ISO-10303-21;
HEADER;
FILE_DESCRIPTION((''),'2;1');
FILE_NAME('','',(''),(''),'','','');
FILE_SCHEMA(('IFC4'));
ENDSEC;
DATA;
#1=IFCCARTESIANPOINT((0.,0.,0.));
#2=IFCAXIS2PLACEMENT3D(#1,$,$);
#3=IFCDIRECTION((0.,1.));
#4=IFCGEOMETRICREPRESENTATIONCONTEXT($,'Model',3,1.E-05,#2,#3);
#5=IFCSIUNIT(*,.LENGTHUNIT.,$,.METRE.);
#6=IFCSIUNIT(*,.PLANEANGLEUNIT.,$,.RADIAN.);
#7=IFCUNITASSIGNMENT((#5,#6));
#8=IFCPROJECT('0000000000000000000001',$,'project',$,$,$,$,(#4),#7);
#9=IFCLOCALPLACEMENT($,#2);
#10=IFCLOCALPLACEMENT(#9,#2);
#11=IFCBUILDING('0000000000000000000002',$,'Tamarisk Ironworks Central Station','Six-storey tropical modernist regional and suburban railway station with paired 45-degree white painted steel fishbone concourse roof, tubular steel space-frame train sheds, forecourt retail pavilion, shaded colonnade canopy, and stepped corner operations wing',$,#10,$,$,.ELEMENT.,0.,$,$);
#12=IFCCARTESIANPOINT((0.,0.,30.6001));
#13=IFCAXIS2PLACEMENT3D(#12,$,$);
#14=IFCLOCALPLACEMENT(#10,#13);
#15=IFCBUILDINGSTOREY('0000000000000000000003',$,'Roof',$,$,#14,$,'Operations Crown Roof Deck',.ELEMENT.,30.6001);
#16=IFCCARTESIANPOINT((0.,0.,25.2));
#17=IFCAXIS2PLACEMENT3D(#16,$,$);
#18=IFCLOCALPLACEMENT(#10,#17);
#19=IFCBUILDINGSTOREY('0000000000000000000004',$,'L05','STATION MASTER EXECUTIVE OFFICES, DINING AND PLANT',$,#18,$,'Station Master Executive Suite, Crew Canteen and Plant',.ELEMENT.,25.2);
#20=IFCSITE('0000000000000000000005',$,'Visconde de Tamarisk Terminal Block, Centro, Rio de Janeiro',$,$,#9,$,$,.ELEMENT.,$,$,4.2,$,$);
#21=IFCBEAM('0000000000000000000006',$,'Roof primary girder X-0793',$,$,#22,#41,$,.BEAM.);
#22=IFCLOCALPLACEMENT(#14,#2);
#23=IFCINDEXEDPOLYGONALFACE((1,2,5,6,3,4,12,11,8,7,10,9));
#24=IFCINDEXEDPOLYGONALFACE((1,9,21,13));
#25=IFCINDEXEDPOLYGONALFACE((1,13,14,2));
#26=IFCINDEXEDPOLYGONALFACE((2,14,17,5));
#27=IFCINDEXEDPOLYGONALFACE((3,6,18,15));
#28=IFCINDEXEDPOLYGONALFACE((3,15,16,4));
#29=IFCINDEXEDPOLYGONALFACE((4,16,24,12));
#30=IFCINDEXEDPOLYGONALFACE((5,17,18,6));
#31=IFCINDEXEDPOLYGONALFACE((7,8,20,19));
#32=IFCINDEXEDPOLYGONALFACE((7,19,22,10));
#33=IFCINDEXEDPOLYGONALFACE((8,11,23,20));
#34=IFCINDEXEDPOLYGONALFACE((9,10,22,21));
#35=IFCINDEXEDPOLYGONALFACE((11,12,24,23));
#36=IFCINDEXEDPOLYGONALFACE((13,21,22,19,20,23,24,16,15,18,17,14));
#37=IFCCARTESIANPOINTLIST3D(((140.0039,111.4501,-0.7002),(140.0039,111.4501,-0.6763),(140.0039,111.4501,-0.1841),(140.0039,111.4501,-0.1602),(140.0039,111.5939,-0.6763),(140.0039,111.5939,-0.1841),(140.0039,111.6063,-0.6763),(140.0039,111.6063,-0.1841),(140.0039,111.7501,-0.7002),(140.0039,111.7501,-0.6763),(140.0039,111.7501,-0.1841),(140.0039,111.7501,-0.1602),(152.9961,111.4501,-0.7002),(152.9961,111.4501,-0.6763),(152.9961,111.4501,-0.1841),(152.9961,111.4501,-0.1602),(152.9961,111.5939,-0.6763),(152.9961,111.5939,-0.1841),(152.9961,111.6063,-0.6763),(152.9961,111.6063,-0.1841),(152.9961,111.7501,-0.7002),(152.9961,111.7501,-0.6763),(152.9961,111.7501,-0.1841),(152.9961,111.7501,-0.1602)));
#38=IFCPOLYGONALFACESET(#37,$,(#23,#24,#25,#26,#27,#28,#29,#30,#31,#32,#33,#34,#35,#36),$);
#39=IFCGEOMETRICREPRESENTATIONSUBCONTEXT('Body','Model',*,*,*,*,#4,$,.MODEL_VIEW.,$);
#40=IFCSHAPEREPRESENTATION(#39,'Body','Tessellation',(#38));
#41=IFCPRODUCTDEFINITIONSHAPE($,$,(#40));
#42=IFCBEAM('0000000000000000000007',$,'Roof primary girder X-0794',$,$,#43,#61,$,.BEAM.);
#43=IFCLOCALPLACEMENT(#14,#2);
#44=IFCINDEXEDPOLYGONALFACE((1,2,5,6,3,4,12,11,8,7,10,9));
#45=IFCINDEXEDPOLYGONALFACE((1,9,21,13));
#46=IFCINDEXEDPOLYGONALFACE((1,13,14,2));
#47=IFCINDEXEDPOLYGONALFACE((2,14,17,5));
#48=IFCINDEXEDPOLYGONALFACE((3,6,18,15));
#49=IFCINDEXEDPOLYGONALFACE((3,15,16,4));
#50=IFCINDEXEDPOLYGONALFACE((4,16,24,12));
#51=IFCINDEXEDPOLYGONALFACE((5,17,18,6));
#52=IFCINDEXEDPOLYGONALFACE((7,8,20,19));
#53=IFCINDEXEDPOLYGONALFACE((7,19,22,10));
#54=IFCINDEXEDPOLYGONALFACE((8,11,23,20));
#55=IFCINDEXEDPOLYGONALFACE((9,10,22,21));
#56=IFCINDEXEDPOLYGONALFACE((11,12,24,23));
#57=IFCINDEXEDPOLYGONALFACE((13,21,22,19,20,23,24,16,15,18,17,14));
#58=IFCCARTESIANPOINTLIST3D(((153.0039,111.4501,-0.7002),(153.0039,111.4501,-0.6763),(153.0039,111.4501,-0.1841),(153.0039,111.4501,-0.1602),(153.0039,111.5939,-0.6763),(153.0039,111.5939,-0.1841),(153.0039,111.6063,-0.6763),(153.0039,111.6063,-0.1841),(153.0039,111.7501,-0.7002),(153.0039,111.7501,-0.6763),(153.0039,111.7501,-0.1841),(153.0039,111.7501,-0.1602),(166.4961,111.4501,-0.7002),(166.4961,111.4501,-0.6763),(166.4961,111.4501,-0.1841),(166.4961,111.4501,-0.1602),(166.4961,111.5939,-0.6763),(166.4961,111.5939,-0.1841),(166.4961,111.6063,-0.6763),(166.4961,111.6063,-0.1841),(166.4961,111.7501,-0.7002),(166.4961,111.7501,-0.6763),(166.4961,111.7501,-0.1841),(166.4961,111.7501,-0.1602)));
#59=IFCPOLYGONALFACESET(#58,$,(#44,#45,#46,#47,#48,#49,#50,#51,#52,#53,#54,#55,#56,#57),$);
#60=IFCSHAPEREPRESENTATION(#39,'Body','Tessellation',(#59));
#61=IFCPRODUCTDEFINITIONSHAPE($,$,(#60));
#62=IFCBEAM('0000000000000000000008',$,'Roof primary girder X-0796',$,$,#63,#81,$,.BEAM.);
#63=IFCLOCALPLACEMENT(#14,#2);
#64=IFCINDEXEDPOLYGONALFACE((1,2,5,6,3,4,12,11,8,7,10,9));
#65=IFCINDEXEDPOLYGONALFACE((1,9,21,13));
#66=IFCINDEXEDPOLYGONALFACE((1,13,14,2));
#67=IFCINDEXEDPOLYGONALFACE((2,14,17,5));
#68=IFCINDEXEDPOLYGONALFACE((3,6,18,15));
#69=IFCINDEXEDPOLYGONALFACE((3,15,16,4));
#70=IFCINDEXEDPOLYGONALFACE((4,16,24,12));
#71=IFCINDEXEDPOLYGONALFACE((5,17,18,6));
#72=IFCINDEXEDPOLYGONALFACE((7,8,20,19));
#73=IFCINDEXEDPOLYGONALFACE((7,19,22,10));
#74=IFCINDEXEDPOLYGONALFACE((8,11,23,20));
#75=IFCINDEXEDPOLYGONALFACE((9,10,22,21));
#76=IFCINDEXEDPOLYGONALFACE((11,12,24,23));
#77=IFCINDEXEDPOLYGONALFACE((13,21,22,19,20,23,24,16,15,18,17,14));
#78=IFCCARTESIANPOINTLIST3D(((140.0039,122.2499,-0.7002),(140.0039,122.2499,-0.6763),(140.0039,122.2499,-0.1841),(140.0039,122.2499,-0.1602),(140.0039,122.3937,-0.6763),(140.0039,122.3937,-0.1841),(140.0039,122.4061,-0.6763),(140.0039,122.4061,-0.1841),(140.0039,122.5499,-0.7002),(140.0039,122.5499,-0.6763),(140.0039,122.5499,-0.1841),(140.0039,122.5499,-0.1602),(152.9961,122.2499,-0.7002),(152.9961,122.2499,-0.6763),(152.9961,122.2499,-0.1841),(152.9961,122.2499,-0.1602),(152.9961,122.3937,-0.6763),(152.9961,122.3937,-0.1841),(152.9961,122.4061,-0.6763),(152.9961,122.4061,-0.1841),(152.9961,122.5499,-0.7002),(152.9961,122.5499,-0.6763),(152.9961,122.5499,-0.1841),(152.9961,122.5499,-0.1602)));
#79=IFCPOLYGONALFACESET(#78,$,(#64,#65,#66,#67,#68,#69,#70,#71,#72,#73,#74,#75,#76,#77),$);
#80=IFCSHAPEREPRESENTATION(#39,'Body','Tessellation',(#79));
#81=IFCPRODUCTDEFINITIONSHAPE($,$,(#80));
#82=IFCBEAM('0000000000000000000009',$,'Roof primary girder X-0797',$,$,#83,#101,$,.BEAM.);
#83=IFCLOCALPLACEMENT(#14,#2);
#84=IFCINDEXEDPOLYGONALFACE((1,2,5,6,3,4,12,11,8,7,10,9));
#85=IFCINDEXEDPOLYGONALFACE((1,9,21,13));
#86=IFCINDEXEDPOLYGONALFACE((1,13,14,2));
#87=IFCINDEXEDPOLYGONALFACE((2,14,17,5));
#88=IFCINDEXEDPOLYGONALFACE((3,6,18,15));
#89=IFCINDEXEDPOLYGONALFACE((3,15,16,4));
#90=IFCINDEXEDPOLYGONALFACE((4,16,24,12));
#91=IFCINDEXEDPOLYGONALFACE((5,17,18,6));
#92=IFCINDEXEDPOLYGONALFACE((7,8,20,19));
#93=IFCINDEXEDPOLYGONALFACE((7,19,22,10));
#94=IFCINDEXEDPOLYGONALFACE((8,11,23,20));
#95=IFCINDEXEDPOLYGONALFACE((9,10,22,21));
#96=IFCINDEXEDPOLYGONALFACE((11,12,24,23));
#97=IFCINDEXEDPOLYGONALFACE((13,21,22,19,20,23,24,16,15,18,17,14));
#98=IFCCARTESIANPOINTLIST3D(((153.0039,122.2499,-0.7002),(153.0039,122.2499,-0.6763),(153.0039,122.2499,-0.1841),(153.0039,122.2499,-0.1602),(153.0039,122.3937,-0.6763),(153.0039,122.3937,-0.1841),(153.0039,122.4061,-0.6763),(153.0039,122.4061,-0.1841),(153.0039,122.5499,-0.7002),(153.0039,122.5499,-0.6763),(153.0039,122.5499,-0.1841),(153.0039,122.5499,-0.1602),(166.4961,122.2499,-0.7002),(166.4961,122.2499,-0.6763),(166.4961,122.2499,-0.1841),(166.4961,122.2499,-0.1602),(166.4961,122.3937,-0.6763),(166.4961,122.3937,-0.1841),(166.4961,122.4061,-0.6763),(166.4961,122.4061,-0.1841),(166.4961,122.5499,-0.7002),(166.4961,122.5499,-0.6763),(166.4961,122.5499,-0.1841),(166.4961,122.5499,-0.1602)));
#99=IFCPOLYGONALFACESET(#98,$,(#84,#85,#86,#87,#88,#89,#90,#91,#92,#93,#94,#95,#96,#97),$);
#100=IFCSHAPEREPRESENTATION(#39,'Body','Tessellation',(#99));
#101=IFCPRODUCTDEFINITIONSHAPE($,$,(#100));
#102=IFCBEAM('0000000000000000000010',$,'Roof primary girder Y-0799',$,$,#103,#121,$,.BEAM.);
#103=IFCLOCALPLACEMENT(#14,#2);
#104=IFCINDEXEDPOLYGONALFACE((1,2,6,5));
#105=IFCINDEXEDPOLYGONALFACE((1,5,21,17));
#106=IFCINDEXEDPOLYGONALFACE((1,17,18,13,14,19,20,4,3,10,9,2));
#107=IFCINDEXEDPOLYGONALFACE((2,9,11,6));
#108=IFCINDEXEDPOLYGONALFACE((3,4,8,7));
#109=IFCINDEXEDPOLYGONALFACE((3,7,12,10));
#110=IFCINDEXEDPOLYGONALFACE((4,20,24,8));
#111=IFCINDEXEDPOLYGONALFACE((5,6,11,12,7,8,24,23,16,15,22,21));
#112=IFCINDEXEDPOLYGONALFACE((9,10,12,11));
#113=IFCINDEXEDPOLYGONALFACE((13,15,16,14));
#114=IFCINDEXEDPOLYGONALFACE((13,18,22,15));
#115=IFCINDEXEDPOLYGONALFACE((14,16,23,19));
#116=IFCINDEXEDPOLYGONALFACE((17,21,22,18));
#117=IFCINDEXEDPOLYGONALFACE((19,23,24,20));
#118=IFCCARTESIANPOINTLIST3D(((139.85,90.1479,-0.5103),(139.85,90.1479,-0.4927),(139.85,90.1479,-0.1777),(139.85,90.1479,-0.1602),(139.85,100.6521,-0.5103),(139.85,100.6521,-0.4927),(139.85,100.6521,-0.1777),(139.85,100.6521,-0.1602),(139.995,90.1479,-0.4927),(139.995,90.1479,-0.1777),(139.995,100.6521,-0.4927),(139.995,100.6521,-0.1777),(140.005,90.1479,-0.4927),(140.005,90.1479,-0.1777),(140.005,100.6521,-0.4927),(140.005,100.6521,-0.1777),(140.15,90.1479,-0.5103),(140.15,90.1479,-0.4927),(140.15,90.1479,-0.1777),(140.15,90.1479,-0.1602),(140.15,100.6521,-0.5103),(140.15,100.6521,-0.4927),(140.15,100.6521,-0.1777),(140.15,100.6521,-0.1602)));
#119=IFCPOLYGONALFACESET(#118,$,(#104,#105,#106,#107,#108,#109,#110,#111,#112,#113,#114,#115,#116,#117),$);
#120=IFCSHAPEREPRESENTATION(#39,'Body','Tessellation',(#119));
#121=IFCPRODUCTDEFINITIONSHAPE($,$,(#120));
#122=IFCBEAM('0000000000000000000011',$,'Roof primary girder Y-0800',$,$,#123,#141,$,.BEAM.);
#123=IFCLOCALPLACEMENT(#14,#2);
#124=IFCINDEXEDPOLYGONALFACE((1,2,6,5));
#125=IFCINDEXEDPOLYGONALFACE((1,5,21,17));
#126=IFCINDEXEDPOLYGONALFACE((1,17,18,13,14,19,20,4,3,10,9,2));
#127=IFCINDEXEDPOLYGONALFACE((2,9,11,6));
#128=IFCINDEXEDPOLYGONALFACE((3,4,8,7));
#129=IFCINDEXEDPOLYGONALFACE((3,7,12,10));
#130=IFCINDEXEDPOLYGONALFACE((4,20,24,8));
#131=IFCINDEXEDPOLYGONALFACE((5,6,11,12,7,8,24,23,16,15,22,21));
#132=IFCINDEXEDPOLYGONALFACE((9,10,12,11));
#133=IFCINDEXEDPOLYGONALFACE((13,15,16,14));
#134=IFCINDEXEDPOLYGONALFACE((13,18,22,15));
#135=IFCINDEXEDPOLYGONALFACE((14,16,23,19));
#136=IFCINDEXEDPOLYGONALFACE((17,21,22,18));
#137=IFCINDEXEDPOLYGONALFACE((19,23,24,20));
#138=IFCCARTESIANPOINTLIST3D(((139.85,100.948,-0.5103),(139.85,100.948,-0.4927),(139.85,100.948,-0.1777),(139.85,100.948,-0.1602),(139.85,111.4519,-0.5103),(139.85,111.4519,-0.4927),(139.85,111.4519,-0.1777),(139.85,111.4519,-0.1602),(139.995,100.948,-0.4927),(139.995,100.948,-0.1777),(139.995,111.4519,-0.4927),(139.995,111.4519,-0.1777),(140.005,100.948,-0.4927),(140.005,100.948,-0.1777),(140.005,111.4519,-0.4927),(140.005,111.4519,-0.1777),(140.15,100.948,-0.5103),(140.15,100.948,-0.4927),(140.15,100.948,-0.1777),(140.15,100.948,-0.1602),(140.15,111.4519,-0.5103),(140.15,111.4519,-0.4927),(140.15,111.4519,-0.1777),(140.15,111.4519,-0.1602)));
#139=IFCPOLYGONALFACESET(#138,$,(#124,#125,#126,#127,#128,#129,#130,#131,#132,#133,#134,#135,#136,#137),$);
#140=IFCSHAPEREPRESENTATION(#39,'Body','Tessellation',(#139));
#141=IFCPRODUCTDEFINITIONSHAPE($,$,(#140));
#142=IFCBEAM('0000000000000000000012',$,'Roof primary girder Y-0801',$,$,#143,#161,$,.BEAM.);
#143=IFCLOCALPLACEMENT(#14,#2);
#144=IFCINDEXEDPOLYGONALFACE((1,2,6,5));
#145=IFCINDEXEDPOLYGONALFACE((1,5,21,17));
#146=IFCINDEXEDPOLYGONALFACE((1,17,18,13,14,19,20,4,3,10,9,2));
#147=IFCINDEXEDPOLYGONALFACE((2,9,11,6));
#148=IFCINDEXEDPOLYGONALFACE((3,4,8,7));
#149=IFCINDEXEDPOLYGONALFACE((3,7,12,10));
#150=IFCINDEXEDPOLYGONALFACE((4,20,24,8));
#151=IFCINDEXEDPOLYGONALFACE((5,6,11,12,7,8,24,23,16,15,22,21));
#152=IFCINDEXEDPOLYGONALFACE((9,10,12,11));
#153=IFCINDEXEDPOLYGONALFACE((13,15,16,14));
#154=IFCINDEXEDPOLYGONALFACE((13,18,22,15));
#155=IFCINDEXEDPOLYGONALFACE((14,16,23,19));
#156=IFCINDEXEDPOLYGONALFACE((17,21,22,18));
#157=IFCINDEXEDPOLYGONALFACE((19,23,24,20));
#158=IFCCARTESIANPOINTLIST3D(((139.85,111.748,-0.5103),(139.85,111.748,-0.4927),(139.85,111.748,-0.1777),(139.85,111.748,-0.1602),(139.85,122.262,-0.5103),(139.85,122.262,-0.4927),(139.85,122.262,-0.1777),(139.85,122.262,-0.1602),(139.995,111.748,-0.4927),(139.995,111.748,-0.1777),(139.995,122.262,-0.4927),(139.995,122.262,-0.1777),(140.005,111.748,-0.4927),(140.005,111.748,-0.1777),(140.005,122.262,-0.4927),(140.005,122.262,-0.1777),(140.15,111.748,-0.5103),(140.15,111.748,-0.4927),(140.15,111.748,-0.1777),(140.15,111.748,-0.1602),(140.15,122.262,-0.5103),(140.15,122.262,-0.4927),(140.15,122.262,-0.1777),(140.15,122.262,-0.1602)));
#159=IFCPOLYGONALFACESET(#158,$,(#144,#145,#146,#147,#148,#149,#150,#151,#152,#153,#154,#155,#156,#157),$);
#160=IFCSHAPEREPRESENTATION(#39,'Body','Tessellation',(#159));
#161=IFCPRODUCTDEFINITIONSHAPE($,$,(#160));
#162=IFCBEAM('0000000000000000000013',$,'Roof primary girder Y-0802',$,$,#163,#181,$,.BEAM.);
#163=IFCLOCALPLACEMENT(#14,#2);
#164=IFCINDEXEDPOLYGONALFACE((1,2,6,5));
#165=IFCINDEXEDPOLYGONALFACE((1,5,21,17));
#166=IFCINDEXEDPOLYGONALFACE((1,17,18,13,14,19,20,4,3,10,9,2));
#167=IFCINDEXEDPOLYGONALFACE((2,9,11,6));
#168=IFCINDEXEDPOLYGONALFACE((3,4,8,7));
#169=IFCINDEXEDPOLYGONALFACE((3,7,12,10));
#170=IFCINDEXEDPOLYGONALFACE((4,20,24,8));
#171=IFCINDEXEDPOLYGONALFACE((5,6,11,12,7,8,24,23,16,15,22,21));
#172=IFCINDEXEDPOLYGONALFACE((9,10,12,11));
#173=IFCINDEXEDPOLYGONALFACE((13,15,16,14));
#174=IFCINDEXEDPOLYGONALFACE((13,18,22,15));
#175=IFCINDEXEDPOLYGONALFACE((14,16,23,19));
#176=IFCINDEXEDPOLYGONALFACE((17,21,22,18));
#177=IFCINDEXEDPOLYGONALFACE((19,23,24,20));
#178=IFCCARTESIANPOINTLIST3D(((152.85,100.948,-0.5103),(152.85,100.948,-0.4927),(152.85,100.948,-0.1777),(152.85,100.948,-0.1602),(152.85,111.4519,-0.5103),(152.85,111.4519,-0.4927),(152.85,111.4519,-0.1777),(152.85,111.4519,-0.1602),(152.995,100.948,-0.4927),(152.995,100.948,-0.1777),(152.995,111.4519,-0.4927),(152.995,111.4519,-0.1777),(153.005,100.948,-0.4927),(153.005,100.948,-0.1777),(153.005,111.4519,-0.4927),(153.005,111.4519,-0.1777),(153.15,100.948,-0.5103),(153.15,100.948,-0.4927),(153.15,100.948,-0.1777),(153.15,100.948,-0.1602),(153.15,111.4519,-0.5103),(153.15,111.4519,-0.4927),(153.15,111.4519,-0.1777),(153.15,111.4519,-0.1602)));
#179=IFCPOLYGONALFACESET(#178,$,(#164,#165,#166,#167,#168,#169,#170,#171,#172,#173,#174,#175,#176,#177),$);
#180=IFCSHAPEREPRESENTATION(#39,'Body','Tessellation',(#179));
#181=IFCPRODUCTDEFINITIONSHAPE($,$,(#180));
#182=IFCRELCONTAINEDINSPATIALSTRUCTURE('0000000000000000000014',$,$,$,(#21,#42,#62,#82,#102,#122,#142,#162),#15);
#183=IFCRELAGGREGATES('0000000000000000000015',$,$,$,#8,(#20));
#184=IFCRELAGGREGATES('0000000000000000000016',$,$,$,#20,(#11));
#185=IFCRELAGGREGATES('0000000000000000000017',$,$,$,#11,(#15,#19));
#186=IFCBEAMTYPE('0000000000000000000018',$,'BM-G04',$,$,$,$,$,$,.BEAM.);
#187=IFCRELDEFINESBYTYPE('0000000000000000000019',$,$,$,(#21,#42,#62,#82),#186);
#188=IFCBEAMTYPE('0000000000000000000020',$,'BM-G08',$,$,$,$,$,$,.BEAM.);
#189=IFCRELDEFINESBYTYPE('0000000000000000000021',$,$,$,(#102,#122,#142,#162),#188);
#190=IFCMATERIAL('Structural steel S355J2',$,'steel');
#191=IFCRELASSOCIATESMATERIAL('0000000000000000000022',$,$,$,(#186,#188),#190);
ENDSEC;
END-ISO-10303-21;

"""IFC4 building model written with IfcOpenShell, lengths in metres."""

from ifc_helpers import new_model, si_unit, direction, frame, origin, origin_2d, place, context, subcontext, project, spatial, i_section, extrude, material, material_profile, profile_set, type_object, element, save


model = new_model("IFC4")

# Units and contexts
model_context = context("Model", 3, precision=1e-05, world=origin(), true_north=direction((0.0, 1.0)))
body_context = subcontext(model_context, "Body", "Model", "MODEL_VIEW")
ifc_project = project(units=[si_unit("LENGTHUNIT", "METRE"), si_unit("PLANEANGLEUNIT", "RADIAN")], contexts=[model_context])

# Site, building, storey
site_placement = place(None, origin())
site = spatial("IfcSite", under=ifc_project, at=site_placement, Name="Visconde de Tamarisk Terminal Block, Centro, Rio de Janeiro", CompositionType="ELEMENT", RefElevation=4.2)
building_placement = place(site_placement, origin())
building = spatial("IfcBuilding", under=site, at=building_placement, Name="Tamarisk Ironworks Central Station", Description="Six-storey tropical modernist regional and suburban railway station with paired 45-degree white painted steel fishbone concourse roof, tubular steel space-frame train sheds, forecourt retail pavilion, shaded colonnade canopy, and stepped corner operations wing", CompositionType="ELEMENT", ElevationOfRefHeight=0.0)
storey_1_placement = place(building_placement, frame((0.0, 0.0, 30.6001)))
storey_1 = spatial("IfcBuildingStorey", under=building, at=storey_1_placement, Name="Roof", LongName="Operations Crown Roof Deck", CompositionType="ELEMENT", Elevation=30.6001)

# Beams
ifc_material_1 = material(Name="Structural steel S355J2", Category="steel")
ifc_material_profile_1 = material_profile(ifc_material_1, i_section(OverallWidth=0.3, OverallDepth=0.54, WebThickness=0.0125, FlangeThickness=0.0239, at=origin_2d()), Name="HEA 550")
ifc_profile_set_1 = profile_set([ifc_material_profile_1], Name="Structural steel S355J2")
beam_type_1 = type_object("IfcBeamType", Name="BM-G04", PredefinedType="BEAM", material=ifc_profile_set_1)
beam_1_placement = place(storey_1_placement, frame((140.0039, 111.6001, -0.4302), z_axis=(1.0, 0.0, 0.0), x_axis=(0.0, 1.0, 0.0)))
element("IfcBeam", 1, at=beam_1_placement, inside=storey_1, type_object=beam_type_1, Name="Roof primary girder X-0793", PredefinedType="BEAM", context=body_context, shape_type="SweptSolid", body=[
    extrude(i_section(OverallWidth=0.3, OverallDepth=0.54, WebThickness=0.0125, FlangeThickness=0.0239, at=origin_2d()), origin(), (0.0, 0.0, 1.0), 12.9922),
])
beam_2_placement = place(storey_1_placement, frame((153.0039, 111.6001, -0.4302), z_axis=(1.0, 0.0, 0.0), x_axis=(0.0, 1.0, 0.0)))
element("IfcBeam", 2, at=beam_2_placement, inside=storey_1, type_object=beam_type_1, Name="Roof primary girder X-0794", PredefinedType="BEAM", context=body_context, shape_type="SweptSolid", body=[
    extrude(i_section(OverallWidth=0.3, OverallDepth=0.54, WebThickness=0.0125, FlangeThickness=0.0239, at=origin_2d()), origin(), (0.0, 0.0, 1.0), 13.4922),
])
beam_3_placement = place(storey_1_placement, frame((140.0039, 122.3999, -0.4302), z_axis=(1.0, 0.0, 0.0), x_axis=(0.0, 1.0, 0.0)))
element("IfcBeam", 3, at=beam_3_placement, inside=storey_1, type_object=beam_type_1, Name="Roof primary girder X-0796", PredefinedType="BEAM", context=body_context, shape_type="SweptSolid", body=[
    extrude(i_section(OverallWidth=0.3, OverallDepth=0.54, WebThickness=0.0125, FlangeThickness=0.0239, at=origin_2d()), origin(), (0.0, 0.0, 1.0), 12.9922),
])
beam_4_placement = place(storey_1_placement, frame((153.0039, 122.3999, -0.4302), z_axis=(1.0, 0.0, 0.0), x_axis=(0.0, 1.0, 0.0)))
element("IfcBeam", 4, at=beam_4_placement, inside=storey_1, type_object=beam_type_1, Name="Roof primary girder X-0797", PredefinedType="BEAM", context=body_context, shape_type="SweptSolid", body=[
    extrude(i_section(OverallWidth=0.3, OverallDepth=0.54, WebThickness=0.0125, FlangeThickness=0.0239, at=origin_2d()), origin(), (0.0, 0.0, 1.0), 13.4922),
])
ifc_material_profile_2 = material_profile(ifc_material_1, i_section(OverallWidth=0.3, OverallDepth=0.3501, WebThickness=0.01, FlangeThickness=0.0176, at=origin_2d()), Name="HEA 360")
ifc_profile_set_2 = profile_set([ifc_material_profile_2], Name="Structural steel S355J2")
beam_type_2 = type_object("IfcBeamType", Name="BM-G08", PredefinedType="BEAM", material=ifc_profile_set_2)
beam_5_placement = place(storey_1_placement, frame((140.0, 90.1479, -0.3352), z_axis=(0.0, 1.0, 0.0), x_axis=(-1.0, 0.0, 0.0)))
element("IfcBeam", 5, at=beam_5_placement, inside=storey_1, type_object=beam_type_2, Name="Roof primary girder Y-0799", PredefinedType="BEAM", context=body_context, shape_type="SweptSolid", body=[
    extrude(i_section(OverallWidth=0.3, OverallDepth=0.3501, WebThickness=0.01, FlangeThickness=0.0176, at=origin_2d()), origin(), (0.0, 0.0, 1.0), 10.5042),
])
beam_6_placement = place(storey_1_placement, frame((140.0, 100.948, -0.3352), z_axis=(0.0, 1.0, 0.0), x_axis=(-1.0, 0.0, 0.0)))
element("IfcBeam", 6, at=beam_6_placement, inside=storey_1, type_object=beam_type_2, Name="Roof primary girder Y-0800", PredefinedType="BEAM", context=body_context, shape_type="SweptSolid", body=[
    extrude(i_section(OverallWidth=0.3, OverallDepth=0.3501, WebThickness=0.01, FlangeThickness=0.0176, at=origin_2d()), origin(), (0.0, 0.0, 1.0), 10.5039),
])
beam_7_placement = place(storey_1_placement, frame((140.0, 111.748, -0.3352), z_axis=(0.0, 1.0, 0.0), x_axis=(-1.0, 0.0, 0.0)))
element("IfcBeam", 7, at=beam_7_placement, inside=storey_1, type_object=beam_type_2, Name="Roof primary girder Y-0801", PredefinedType="BEAM", context=body_context, shape_type="SweptSolid", body=[
    extrude(i_section(OverallWidth=0.3, OverallDepth=0.3501, WebThickness=0.01, FlangeThickness=0.0176, at=origin_2d()), origin(), (0.0, 0.0, 1.0), 10.5139),
])
beam_8_placement = place(storey_1_placement, frame((153.0, 100.948, -0.3352), z_axis=(0.0, 1.0, 0.0), x_axis=(-1.0, 0.0, 0.0)))
element("IfcBeam", 8, at=beam_8_placement, inside=storey_1, type_object=beam_type_2, Name="Roof primary girder Y-0802", PredefinedType="BEAM", context=body_context, shape_type="SweptSolid", body=[
    extrude(i_section(OverallWidth=0.3, OverallDepth=0.3501, WebThickness=0.01, FlangeThickness=0.0176, at=origin_2d()), origin(), (0.0, 0.0, 1.0), 10.5039),
])

# Shared definitions
storey_2_placement = place(building_placement, frame((0.0, 0.0, 25.2)))
storey_2 = spatial("IfcBuildingStorey", under=building, at=storey_2_placement, Name="L05", Description="STATION MASTER EXECUTIVE OFFICES, DINING AND PLANT", LongName="Station Master Executive Suite, Crew Canteen and Plant", CompositionType="ELEMENT", Elevation=25.2)

save(model, "model.ifc")
